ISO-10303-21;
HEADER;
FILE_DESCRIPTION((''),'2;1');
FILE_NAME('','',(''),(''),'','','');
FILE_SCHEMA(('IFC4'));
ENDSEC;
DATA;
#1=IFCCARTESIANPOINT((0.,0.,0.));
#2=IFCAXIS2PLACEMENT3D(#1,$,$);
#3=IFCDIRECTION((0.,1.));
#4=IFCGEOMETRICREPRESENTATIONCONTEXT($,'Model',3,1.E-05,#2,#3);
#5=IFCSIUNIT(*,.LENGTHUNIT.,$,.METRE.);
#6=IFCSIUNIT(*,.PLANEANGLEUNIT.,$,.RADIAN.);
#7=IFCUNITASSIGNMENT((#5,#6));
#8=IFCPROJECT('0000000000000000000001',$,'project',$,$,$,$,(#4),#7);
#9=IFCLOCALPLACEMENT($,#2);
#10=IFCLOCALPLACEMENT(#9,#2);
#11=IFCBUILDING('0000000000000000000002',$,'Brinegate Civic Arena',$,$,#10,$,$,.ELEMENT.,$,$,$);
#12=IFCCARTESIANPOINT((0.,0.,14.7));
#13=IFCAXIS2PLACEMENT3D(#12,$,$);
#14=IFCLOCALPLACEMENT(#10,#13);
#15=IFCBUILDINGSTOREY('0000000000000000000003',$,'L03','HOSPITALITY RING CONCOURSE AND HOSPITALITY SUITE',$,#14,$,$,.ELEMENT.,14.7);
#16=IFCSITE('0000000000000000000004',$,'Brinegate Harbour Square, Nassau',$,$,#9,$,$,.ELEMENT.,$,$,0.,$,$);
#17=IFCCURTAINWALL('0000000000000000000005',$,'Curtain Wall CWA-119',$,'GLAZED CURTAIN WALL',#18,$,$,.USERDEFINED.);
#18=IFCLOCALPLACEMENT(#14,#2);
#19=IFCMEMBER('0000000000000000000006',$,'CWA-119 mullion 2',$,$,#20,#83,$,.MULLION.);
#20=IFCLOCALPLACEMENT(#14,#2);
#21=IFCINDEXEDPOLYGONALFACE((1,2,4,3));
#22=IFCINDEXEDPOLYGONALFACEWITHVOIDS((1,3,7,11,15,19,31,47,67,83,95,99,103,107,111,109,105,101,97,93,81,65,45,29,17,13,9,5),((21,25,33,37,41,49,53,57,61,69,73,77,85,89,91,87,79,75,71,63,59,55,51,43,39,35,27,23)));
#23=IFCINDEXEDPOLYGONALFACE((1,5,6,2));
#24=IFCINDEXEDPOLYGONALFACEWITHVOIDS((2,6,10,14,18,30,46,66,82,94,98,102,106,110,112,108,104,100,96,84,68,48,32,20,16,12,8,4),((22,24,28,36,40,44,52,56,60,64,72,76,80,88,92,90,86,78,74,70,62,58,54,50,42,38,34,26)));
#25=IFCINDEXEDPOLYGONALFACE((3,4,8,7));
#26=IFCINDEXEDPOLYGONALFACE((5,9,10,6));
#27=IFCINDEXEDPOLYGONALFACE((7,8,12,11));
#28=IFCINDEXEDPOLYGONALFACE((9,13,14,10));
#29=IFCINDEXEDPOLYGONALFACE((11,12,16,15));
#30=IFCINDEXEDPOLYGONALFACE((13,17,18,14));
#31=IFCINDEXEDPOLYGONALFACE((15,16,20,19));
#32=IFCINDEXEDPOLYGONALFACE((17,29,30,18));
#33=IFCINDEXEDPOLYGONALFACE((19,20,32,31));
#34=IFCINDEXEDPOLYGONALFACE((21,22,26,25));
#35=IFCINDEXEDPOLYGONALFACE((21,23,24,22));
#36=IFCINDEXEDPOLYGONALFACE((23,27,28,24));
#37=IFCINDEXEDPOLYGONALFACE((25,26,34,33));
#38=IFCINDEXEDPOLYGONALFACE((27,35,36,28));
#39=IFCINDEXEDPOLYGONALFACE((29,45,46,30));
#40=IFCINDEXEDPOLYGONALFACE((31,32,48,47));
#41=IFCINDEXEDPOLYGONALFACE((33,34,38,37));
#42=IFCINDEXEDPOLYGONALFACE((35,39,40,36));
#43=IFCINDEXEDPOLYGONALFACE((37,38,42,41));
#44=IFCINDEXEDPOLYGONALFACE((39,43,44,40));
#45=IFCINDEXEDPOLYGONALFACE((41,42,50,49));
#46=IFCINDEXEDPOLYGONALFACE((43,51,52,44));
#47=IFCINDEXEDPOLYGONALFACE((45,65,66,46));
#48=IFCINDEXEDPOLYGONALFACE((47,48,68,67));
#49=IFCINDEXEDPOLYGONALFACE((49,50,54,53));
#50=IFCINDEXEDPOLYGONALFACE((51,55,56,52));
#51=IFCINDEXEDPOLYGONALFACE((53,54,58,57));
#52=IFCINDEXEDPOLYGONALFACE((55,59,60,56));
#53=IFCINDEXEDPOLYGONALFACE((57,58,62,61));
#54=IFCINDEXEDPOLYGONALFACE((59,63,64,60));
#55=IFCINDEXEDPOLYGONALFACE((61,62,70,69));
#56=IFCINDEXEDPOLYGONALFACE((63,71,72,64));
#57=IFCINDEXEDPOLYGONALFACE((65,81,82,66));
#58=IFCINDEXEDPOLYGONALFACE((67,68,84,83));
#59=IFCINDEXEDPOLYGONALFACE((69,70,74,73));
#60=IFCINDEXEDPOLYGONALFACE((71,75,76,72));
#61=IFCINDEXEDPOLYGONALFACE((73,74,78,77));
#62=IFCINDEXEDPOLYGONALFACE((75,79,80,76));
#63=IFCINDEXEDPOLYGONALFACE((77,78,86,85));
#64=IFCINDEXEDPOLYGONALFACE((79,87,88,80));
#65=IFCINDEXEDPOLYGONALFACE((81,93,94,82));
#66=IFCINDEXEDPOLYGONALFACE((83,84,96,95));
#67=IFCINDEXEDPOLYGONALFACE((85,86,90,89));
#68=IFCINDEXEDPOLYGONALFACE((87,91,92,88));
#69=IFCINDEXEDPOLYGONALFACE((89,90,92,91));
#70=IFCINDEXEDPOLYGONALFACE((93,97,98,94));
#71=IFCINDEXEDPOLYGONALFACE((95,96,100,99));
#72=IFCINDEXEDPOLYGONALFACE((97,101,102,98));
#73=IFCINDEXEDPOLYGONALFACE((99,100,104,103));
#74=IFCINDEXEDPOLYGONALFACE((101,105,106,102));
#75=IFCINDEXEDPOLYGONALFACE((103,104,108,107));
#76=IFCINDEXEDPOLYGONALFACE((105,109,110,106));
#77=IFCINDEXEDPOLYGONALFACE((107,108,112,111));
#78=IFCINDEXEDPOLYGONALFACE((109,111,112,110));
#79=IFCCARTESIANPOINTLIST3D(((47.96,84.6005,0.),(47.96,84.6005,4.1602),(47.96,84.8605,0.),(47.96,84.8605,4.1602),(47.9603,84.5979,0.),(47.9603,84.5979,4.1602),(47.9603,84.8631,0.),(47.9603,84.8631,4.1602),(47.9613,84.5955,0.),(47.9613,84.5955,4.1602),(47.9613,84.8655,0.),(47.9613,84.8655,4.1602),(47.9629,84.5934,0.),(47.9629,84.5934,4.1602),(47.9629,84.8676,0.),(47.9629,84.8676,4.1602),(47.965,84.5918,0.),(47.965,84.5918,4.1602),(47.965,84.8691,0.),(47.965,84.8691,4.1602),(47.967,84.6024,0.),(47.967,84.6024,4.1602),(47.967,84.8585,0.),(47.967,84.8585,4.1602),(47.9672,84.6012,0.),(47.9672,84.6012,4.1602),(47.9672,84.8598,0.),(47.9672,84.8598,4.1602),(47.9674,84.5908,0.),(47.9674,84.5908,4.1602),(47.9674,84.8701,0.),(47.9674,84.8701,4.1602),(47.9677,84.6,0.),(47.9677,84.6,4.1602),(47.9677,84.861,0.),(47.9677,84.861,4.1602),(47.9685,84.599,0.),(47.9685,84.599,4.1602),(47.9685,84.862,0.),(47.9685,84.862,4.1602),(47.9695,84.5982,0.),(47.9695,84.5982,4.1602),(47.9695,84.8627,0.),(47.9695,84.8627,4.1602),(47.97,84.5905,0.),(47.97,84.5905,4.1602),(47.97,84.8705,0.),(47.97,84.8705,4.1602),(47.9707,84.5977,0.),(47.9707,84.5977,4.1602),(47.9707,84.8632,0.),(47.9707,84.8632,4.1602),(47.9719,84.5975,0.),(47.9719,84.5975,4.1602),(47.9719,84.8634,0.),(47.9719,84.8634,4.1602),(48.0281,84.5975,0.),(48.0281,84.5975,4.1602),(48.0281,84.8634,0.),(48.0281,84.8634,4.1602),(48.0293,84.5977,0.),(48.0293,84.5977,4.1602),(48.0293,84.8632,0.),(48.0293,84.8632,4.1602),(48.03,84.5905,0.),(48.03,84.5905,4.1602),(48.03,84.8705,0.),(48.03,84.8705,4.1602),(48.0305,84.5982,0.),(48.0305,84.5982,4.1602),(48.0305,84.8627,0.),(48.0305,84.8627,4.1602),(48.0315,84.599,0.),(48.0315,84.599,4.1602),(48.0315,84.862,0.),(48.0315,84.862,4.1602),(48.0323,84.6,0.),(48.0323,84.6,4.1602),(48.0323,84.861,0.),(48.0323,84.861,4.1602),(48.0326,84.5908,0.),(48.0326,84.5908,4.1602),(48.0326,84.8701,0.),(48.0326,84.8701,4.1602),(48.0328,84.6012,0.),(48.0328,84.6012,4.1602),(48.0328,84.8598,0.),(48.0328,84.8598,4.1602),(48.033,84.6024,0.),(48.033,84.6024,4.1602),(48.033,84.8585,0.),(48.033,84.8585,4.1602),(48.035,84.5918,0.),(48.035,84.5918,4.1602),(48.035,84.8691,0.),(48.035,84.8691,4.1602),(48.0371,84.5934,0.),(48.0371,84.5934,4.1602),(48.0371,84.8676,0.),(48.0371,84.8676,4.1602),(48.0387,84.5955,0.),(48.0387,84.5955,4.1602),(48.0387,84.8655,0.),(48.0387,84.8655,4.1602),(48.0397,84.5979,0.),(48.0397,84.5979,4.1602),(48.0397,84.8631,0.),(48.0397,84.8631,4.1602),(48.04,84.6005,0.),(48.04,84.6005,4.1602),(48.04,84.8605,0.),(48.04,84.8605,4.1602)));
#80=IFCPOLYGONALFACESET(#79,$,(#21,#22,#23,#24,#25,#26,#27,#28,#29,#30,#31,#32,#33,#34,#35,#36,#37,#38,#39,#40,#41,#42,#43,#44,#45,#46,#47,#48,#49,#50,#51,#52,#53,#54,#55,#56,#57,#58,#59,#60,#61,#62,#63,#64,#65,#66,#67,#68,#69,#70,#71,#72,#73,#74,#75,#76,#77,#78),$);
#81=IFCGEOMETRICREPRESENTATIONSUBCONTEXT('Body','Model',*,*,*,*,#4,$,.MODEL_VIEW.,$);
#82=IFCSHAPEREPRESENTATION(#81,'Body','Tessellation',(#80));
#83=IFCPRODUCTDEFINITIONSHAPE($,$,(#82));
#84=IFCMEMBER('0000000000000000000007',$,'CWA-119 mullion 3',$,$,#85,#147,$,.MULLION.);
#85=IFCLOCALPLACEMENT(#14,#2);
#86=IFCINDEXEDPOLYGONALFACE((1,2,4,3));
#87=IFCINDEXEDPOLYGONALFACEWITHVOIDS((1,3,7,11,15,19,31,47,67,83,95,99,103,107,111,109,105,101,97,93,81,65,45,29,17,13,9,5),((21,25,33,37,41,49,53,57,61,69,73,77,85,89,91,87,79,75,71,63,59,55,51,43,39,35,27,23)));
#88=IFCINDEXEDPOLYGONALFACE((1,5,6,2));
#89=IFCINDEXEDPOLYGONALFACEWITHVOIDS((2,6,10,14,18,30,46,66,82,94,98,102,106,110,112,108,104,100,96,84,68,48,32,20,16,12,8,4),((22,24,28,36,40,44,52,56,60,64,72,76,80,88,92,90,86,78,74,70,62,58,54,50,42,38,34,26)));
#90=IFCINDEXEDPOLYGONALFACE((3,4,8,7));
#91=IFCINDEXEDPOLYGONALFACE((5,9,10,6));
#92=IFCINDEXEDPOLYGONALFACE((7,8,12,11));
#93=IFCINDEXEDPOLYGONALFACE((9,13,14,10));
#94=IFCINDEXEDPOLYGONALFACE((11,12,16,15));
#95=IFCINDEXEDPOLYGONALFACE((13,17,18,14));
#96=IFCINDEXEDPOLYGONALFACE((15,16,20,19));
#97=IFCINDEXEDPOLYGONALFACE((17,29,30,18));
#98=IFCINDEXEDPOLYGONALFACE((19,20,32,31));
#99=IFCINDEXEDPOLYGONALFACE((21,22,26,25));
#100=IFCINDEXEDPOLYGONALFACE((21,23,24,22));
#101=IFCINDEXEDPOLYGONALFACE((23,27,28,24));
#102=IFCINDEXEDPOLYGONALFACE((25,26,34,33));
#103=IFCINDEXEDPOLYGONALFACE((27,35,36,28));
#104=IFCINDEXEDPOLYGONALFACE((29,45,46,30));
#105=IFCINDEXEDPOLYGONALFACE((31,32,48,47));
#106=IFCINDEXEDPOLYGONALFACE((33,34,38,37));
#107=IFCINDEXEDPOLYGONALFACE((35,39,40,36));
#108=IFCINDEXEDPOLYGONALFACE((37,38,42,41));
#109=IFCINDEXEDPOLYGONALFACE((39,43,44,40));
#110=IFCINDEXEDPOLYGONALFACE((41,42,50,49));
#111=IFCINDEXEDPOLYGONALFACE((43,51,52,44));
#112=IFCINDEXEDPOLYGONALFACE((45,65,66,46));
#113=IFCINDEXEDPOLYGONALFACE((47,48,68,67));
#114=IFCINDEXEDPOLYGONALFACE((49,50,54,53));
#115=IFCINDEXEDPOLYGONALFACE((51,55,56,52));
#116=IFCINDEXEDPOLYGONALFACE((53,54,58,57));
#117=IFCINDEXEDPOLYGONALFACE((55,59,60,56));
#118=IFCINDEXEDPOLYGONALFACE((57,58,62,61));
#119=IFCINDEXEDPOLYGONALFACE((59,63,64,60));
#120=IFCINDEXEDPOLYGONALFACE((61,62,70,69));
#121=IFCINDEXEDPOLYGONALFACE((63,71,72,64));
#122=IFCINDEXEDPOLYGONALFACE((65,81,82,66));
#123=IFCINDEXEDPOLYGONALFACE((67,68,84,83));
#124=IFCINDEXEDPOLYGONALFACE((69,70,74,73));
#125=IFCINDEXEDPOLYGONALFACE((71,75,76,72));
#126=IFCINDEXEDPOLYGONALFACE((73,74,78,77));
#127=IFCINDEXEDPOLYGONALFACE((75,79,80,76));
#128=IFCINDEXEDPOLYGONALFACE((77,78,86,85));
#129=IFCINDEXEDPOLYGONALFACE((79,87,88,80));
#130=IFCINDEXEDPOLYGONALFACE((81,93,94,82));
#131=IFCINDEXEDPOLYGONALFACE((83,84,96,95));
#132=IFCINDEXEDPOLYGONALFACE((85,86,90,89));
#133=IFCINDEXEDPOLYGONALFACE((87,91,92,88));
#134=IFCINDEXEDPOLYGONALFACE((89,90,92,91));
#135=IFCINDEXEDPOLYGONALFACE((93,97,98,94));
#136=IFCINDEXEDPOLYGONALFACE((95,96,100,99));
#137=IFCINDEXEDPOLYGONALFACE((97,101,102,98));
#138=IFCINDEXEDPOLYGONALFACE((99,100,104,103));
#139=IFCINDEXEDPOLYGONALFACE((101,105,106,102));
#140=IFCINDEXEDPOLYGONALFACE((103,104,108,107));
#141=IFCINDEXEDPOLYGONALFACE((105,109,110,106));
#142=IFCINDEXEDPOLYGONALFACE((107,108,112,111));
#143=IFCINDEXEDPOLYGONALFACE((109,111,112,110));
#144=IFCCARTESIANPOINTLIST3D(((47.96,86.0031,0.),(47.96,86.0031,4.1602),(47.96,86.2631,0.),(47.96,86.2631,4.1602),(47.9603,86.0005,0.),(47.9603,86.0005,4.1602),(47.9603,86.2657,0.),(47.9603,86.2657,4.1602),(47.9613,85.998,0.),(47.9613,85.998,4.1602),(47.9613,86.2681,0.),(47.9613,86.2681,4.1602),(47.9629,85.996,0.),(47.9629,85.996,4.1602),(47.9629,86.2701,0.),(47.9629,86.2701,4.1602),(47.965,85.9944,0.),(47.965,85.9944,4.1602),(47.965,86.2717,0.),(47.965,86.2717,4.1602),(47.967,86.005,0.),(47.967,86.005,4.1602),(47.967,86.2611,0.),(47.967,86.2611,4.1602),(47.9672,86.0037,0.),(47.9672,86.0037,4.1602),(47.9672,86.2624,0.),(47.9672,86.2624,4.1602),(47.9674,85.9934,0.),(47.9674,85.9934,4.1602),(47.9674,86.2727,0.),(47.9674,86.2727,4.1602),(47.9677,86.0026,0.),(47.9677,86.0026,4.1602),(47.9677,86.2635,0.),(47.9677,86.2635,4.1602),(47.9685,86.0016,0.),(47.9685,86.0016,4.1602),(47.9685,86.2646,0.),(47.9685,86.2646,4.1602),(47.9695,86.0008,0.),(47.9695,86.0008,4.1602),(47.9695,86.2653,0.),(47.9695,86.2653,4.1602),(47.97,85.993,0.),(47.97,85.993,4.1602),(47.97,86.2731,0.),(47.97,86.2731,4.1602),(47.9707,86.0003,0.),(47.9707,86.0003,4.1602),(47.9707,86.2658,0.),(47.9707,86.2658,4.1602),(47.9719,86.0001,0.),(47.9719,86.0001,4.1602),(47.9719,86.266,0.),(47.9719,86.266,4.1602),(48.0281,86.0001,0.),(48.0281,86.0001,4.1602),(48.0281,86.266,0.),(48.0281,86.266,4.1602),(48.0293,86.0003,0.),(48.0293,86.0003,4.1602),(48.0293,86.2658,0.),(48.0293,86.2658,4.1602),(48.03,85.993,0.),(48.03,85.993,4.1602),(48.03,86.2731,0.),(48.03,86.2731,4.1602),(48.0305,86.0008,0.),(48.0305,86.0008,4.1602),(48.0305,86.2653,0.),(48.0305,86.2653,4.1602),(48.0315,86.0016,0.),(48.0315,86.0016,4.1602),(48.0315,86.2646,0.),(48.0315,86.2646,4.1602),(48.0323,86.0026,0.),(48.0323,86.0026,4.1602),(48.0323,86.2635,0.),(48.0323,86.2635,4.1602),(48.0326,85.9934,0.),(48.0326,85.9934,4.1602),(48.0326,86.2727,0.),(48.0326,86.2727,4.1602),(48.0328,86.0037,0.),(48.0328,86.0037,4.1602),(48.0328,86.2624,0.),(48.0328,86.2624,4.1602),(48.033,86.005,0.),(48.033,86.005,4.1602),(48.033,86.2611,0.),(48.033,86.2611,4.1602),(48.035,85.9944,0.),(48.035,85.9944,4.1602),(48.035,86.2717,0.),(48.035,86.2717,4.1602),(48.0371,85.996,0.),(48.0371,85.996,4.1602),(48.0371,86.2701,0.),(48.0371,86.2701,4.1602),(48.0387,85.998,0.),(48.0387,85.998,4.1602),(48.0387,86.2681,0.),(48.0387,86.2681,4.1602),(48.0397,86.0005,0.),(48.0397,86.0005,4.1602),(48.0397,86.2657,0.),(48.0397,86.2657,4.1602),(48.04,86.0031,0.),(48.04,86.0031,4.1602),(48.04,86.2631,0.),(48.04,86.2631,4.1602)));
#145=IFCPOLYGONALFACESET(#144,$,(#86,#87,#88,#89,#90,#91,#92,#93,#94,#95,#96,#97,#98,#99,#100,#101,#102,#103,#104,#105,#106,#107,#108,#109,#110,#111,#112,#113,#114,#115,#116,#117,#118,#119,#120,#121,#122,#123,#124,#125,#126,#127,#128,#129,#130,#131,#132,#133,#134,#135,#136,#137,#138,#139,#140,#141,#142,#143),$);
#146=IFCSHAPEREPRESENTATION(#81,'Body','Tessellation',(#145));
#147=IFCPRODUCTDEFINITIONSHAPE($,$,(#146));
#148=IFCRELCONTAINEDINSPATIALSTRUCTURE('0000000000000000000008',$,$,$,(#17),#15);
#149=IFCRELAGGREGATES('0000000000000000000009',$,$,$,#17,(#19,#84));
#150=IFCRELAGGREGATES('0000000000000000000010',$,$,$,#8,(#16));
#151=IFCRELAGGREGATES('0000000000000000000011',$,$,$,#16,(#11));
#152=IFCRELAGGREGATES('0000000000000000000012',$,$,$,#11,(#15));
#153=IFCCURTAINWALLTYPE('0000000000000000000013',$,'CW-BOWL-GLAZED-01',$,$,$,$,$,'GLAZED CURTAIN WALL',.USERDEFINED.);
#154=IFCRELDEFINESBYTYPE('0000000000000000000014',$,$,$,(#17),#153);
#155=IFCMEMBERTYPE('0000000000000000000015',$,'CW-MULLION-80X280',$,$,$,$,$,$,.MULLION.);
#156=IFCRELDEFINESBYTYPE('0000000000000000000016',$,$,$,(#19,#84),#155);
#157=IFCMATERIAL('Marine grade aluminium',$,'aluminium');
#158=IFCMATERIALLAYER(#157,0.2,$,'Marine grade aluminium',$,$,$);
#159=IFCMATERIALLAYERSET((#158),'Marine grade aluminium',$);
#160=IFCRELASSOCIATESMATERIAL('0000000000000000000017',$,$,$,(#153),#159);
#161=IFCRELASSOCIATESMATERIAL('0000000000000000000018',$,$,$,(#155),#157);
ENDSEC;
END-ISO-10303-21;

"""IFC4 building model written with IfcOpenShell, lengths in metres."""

from ifc_helpers import new_model, si_unit, direction, frame, origin, origin_2d, place, context, subcontext, project, spatial, hollow_rectangle, extrude, material, layer, layer_set, material_profile, profile_set, type_object, element, aggregate, save


model = new_model("IFC4")

# Units and contexts
model_context = context("Model", 3, precision=1e-05, world=origin(), true_north=direction((0.0, 1.0)))
body_context = subcontext(model_context, "Body", "Model", "MODEL_VIEW")
ifc_project = project(units=[si_unit("LENGTHUNIT", "METRE"), si_unit("PLANEANGLEUNIT", "RADIAN")], contexts=[model_context])

# Site, building, storey
site_placement = place(None, origin())
site = spatial("IfcSite", under=ifc_project, at=site_placement, Name="Brinegate Harbour Square, Nassau", CompositionType="ELEMENT", RefElevation=0.0)
building_placement = place(site_placement, origin())
building = spatial("IfcBuilding", under=site, at=building_placement, Name="Brinegate Civic Arena", CompositionType="ELEMENT")
storey_placement = place(building_placement, frame((0.0, 0.0, 14.7)))
storey = spatial("IfcBuildingStorey", under=building, at=storey_placement, Name="L03", Description="HOSPITALITY RING CONCOURSE AND HOSPITALITY SUITE", CompositionType="ELEMENT", Elevation=14.7)

# Curtain wall, members
ifc_material_1 = material(Name="Marine grade aluminium", Category="aluminium")
ifc_layer_1 = layer(ifc_material_1, 0.2, Name="Marine grade aluminium")
ifc_layer_set_1 = layer_set([ifc_layer_1], Name="Marine grade aluminium")
curtain_wall_type = type_object("IfcCurtainWallType", Name="CW-BOWL-GLAZED-01", ElementType="GLAZED CURTAIN WALL", PredefinedType="USERDEFINED", material=ifc_layer_set_1)
curtain_wall_1_placement = place(storey_placement, origin())
curtain_wall_1 = element("IfcCurtainWall", 1, at=curtain_wall_1_placement, inside=storey, type_object=curtain_wall_type, Name="Curtain Wall CWA-119", ObjectType="GLAZED CURTAIN WALL", PredefinedType="USERDEFINED")
ifc_material_profile_1 = material_profile(ifc_material_1, hollow_rectangle(XDim=0.0801, YDim=0.28, WallThickness=0.0071, InnerFilletRadius=0.0049, OuterFilletRadius=0.01, at=origin_2d()), Name="MUL80X280")
ifc_profile_set_1 = profile_set([ifc_material_profile_1], Name="Marine grade aluminium")
member_type_1 = type_object("IfcMemberType", Name="CW-MULLION-80X280", PredefinedType="MULLION", material=ifc_profile_set_1)
member_1_placement = place(storey_placement, frame((48.0, 84.7305, 0.0), z_axis=(0.0, 0.0, 1.0), x_axis=(-1.0, 0.0, 0.0)))
member_1 = element("IfcMember", 2, at=member_1_placement, type_object=member_type_1, Name="CWA-119 mullion 2", PredefinedType="MULLION", context=body_context, shape_type="SweptSolid", body=[
    extrude(hollow_rectangle(XDim=0.0801, YDim=0.28, WallThickness=0.0071, InnerFilletRadius=0.0049, OuterFilletRadius=0.01, at=origin_2d()), origin(), (0.0, 0.0, 1.0), 4.1602),
])
member_2_placement = place(storey_placement, frame((48.0, 86.1331, 0.0), z_axis=(0.0, 0.0, 1.0), x_axis=(-1.0, 0.0, 0.0)))
member_2 = element("IfcMember", 3, at=member_2_placement, type_object=member_type_1, Name="CWA-119 mullion 3", PredefinedType="MULLION", context=body_context, shape_type="SweptSolid", body=[
    extrude(hollow_rectangle(XDim=0.0801, YDim=0.28, WallThickness=0.0071, InnerFilletRadius=0.0049, OuterFilletRadius=0.01, at=origin_2d()), origin(), (0.0, 0.0, 1.0), 4.1602),
])

aggregate(curtain_wall_1, [member_1, member_2])

save(model, "model.ifc")
